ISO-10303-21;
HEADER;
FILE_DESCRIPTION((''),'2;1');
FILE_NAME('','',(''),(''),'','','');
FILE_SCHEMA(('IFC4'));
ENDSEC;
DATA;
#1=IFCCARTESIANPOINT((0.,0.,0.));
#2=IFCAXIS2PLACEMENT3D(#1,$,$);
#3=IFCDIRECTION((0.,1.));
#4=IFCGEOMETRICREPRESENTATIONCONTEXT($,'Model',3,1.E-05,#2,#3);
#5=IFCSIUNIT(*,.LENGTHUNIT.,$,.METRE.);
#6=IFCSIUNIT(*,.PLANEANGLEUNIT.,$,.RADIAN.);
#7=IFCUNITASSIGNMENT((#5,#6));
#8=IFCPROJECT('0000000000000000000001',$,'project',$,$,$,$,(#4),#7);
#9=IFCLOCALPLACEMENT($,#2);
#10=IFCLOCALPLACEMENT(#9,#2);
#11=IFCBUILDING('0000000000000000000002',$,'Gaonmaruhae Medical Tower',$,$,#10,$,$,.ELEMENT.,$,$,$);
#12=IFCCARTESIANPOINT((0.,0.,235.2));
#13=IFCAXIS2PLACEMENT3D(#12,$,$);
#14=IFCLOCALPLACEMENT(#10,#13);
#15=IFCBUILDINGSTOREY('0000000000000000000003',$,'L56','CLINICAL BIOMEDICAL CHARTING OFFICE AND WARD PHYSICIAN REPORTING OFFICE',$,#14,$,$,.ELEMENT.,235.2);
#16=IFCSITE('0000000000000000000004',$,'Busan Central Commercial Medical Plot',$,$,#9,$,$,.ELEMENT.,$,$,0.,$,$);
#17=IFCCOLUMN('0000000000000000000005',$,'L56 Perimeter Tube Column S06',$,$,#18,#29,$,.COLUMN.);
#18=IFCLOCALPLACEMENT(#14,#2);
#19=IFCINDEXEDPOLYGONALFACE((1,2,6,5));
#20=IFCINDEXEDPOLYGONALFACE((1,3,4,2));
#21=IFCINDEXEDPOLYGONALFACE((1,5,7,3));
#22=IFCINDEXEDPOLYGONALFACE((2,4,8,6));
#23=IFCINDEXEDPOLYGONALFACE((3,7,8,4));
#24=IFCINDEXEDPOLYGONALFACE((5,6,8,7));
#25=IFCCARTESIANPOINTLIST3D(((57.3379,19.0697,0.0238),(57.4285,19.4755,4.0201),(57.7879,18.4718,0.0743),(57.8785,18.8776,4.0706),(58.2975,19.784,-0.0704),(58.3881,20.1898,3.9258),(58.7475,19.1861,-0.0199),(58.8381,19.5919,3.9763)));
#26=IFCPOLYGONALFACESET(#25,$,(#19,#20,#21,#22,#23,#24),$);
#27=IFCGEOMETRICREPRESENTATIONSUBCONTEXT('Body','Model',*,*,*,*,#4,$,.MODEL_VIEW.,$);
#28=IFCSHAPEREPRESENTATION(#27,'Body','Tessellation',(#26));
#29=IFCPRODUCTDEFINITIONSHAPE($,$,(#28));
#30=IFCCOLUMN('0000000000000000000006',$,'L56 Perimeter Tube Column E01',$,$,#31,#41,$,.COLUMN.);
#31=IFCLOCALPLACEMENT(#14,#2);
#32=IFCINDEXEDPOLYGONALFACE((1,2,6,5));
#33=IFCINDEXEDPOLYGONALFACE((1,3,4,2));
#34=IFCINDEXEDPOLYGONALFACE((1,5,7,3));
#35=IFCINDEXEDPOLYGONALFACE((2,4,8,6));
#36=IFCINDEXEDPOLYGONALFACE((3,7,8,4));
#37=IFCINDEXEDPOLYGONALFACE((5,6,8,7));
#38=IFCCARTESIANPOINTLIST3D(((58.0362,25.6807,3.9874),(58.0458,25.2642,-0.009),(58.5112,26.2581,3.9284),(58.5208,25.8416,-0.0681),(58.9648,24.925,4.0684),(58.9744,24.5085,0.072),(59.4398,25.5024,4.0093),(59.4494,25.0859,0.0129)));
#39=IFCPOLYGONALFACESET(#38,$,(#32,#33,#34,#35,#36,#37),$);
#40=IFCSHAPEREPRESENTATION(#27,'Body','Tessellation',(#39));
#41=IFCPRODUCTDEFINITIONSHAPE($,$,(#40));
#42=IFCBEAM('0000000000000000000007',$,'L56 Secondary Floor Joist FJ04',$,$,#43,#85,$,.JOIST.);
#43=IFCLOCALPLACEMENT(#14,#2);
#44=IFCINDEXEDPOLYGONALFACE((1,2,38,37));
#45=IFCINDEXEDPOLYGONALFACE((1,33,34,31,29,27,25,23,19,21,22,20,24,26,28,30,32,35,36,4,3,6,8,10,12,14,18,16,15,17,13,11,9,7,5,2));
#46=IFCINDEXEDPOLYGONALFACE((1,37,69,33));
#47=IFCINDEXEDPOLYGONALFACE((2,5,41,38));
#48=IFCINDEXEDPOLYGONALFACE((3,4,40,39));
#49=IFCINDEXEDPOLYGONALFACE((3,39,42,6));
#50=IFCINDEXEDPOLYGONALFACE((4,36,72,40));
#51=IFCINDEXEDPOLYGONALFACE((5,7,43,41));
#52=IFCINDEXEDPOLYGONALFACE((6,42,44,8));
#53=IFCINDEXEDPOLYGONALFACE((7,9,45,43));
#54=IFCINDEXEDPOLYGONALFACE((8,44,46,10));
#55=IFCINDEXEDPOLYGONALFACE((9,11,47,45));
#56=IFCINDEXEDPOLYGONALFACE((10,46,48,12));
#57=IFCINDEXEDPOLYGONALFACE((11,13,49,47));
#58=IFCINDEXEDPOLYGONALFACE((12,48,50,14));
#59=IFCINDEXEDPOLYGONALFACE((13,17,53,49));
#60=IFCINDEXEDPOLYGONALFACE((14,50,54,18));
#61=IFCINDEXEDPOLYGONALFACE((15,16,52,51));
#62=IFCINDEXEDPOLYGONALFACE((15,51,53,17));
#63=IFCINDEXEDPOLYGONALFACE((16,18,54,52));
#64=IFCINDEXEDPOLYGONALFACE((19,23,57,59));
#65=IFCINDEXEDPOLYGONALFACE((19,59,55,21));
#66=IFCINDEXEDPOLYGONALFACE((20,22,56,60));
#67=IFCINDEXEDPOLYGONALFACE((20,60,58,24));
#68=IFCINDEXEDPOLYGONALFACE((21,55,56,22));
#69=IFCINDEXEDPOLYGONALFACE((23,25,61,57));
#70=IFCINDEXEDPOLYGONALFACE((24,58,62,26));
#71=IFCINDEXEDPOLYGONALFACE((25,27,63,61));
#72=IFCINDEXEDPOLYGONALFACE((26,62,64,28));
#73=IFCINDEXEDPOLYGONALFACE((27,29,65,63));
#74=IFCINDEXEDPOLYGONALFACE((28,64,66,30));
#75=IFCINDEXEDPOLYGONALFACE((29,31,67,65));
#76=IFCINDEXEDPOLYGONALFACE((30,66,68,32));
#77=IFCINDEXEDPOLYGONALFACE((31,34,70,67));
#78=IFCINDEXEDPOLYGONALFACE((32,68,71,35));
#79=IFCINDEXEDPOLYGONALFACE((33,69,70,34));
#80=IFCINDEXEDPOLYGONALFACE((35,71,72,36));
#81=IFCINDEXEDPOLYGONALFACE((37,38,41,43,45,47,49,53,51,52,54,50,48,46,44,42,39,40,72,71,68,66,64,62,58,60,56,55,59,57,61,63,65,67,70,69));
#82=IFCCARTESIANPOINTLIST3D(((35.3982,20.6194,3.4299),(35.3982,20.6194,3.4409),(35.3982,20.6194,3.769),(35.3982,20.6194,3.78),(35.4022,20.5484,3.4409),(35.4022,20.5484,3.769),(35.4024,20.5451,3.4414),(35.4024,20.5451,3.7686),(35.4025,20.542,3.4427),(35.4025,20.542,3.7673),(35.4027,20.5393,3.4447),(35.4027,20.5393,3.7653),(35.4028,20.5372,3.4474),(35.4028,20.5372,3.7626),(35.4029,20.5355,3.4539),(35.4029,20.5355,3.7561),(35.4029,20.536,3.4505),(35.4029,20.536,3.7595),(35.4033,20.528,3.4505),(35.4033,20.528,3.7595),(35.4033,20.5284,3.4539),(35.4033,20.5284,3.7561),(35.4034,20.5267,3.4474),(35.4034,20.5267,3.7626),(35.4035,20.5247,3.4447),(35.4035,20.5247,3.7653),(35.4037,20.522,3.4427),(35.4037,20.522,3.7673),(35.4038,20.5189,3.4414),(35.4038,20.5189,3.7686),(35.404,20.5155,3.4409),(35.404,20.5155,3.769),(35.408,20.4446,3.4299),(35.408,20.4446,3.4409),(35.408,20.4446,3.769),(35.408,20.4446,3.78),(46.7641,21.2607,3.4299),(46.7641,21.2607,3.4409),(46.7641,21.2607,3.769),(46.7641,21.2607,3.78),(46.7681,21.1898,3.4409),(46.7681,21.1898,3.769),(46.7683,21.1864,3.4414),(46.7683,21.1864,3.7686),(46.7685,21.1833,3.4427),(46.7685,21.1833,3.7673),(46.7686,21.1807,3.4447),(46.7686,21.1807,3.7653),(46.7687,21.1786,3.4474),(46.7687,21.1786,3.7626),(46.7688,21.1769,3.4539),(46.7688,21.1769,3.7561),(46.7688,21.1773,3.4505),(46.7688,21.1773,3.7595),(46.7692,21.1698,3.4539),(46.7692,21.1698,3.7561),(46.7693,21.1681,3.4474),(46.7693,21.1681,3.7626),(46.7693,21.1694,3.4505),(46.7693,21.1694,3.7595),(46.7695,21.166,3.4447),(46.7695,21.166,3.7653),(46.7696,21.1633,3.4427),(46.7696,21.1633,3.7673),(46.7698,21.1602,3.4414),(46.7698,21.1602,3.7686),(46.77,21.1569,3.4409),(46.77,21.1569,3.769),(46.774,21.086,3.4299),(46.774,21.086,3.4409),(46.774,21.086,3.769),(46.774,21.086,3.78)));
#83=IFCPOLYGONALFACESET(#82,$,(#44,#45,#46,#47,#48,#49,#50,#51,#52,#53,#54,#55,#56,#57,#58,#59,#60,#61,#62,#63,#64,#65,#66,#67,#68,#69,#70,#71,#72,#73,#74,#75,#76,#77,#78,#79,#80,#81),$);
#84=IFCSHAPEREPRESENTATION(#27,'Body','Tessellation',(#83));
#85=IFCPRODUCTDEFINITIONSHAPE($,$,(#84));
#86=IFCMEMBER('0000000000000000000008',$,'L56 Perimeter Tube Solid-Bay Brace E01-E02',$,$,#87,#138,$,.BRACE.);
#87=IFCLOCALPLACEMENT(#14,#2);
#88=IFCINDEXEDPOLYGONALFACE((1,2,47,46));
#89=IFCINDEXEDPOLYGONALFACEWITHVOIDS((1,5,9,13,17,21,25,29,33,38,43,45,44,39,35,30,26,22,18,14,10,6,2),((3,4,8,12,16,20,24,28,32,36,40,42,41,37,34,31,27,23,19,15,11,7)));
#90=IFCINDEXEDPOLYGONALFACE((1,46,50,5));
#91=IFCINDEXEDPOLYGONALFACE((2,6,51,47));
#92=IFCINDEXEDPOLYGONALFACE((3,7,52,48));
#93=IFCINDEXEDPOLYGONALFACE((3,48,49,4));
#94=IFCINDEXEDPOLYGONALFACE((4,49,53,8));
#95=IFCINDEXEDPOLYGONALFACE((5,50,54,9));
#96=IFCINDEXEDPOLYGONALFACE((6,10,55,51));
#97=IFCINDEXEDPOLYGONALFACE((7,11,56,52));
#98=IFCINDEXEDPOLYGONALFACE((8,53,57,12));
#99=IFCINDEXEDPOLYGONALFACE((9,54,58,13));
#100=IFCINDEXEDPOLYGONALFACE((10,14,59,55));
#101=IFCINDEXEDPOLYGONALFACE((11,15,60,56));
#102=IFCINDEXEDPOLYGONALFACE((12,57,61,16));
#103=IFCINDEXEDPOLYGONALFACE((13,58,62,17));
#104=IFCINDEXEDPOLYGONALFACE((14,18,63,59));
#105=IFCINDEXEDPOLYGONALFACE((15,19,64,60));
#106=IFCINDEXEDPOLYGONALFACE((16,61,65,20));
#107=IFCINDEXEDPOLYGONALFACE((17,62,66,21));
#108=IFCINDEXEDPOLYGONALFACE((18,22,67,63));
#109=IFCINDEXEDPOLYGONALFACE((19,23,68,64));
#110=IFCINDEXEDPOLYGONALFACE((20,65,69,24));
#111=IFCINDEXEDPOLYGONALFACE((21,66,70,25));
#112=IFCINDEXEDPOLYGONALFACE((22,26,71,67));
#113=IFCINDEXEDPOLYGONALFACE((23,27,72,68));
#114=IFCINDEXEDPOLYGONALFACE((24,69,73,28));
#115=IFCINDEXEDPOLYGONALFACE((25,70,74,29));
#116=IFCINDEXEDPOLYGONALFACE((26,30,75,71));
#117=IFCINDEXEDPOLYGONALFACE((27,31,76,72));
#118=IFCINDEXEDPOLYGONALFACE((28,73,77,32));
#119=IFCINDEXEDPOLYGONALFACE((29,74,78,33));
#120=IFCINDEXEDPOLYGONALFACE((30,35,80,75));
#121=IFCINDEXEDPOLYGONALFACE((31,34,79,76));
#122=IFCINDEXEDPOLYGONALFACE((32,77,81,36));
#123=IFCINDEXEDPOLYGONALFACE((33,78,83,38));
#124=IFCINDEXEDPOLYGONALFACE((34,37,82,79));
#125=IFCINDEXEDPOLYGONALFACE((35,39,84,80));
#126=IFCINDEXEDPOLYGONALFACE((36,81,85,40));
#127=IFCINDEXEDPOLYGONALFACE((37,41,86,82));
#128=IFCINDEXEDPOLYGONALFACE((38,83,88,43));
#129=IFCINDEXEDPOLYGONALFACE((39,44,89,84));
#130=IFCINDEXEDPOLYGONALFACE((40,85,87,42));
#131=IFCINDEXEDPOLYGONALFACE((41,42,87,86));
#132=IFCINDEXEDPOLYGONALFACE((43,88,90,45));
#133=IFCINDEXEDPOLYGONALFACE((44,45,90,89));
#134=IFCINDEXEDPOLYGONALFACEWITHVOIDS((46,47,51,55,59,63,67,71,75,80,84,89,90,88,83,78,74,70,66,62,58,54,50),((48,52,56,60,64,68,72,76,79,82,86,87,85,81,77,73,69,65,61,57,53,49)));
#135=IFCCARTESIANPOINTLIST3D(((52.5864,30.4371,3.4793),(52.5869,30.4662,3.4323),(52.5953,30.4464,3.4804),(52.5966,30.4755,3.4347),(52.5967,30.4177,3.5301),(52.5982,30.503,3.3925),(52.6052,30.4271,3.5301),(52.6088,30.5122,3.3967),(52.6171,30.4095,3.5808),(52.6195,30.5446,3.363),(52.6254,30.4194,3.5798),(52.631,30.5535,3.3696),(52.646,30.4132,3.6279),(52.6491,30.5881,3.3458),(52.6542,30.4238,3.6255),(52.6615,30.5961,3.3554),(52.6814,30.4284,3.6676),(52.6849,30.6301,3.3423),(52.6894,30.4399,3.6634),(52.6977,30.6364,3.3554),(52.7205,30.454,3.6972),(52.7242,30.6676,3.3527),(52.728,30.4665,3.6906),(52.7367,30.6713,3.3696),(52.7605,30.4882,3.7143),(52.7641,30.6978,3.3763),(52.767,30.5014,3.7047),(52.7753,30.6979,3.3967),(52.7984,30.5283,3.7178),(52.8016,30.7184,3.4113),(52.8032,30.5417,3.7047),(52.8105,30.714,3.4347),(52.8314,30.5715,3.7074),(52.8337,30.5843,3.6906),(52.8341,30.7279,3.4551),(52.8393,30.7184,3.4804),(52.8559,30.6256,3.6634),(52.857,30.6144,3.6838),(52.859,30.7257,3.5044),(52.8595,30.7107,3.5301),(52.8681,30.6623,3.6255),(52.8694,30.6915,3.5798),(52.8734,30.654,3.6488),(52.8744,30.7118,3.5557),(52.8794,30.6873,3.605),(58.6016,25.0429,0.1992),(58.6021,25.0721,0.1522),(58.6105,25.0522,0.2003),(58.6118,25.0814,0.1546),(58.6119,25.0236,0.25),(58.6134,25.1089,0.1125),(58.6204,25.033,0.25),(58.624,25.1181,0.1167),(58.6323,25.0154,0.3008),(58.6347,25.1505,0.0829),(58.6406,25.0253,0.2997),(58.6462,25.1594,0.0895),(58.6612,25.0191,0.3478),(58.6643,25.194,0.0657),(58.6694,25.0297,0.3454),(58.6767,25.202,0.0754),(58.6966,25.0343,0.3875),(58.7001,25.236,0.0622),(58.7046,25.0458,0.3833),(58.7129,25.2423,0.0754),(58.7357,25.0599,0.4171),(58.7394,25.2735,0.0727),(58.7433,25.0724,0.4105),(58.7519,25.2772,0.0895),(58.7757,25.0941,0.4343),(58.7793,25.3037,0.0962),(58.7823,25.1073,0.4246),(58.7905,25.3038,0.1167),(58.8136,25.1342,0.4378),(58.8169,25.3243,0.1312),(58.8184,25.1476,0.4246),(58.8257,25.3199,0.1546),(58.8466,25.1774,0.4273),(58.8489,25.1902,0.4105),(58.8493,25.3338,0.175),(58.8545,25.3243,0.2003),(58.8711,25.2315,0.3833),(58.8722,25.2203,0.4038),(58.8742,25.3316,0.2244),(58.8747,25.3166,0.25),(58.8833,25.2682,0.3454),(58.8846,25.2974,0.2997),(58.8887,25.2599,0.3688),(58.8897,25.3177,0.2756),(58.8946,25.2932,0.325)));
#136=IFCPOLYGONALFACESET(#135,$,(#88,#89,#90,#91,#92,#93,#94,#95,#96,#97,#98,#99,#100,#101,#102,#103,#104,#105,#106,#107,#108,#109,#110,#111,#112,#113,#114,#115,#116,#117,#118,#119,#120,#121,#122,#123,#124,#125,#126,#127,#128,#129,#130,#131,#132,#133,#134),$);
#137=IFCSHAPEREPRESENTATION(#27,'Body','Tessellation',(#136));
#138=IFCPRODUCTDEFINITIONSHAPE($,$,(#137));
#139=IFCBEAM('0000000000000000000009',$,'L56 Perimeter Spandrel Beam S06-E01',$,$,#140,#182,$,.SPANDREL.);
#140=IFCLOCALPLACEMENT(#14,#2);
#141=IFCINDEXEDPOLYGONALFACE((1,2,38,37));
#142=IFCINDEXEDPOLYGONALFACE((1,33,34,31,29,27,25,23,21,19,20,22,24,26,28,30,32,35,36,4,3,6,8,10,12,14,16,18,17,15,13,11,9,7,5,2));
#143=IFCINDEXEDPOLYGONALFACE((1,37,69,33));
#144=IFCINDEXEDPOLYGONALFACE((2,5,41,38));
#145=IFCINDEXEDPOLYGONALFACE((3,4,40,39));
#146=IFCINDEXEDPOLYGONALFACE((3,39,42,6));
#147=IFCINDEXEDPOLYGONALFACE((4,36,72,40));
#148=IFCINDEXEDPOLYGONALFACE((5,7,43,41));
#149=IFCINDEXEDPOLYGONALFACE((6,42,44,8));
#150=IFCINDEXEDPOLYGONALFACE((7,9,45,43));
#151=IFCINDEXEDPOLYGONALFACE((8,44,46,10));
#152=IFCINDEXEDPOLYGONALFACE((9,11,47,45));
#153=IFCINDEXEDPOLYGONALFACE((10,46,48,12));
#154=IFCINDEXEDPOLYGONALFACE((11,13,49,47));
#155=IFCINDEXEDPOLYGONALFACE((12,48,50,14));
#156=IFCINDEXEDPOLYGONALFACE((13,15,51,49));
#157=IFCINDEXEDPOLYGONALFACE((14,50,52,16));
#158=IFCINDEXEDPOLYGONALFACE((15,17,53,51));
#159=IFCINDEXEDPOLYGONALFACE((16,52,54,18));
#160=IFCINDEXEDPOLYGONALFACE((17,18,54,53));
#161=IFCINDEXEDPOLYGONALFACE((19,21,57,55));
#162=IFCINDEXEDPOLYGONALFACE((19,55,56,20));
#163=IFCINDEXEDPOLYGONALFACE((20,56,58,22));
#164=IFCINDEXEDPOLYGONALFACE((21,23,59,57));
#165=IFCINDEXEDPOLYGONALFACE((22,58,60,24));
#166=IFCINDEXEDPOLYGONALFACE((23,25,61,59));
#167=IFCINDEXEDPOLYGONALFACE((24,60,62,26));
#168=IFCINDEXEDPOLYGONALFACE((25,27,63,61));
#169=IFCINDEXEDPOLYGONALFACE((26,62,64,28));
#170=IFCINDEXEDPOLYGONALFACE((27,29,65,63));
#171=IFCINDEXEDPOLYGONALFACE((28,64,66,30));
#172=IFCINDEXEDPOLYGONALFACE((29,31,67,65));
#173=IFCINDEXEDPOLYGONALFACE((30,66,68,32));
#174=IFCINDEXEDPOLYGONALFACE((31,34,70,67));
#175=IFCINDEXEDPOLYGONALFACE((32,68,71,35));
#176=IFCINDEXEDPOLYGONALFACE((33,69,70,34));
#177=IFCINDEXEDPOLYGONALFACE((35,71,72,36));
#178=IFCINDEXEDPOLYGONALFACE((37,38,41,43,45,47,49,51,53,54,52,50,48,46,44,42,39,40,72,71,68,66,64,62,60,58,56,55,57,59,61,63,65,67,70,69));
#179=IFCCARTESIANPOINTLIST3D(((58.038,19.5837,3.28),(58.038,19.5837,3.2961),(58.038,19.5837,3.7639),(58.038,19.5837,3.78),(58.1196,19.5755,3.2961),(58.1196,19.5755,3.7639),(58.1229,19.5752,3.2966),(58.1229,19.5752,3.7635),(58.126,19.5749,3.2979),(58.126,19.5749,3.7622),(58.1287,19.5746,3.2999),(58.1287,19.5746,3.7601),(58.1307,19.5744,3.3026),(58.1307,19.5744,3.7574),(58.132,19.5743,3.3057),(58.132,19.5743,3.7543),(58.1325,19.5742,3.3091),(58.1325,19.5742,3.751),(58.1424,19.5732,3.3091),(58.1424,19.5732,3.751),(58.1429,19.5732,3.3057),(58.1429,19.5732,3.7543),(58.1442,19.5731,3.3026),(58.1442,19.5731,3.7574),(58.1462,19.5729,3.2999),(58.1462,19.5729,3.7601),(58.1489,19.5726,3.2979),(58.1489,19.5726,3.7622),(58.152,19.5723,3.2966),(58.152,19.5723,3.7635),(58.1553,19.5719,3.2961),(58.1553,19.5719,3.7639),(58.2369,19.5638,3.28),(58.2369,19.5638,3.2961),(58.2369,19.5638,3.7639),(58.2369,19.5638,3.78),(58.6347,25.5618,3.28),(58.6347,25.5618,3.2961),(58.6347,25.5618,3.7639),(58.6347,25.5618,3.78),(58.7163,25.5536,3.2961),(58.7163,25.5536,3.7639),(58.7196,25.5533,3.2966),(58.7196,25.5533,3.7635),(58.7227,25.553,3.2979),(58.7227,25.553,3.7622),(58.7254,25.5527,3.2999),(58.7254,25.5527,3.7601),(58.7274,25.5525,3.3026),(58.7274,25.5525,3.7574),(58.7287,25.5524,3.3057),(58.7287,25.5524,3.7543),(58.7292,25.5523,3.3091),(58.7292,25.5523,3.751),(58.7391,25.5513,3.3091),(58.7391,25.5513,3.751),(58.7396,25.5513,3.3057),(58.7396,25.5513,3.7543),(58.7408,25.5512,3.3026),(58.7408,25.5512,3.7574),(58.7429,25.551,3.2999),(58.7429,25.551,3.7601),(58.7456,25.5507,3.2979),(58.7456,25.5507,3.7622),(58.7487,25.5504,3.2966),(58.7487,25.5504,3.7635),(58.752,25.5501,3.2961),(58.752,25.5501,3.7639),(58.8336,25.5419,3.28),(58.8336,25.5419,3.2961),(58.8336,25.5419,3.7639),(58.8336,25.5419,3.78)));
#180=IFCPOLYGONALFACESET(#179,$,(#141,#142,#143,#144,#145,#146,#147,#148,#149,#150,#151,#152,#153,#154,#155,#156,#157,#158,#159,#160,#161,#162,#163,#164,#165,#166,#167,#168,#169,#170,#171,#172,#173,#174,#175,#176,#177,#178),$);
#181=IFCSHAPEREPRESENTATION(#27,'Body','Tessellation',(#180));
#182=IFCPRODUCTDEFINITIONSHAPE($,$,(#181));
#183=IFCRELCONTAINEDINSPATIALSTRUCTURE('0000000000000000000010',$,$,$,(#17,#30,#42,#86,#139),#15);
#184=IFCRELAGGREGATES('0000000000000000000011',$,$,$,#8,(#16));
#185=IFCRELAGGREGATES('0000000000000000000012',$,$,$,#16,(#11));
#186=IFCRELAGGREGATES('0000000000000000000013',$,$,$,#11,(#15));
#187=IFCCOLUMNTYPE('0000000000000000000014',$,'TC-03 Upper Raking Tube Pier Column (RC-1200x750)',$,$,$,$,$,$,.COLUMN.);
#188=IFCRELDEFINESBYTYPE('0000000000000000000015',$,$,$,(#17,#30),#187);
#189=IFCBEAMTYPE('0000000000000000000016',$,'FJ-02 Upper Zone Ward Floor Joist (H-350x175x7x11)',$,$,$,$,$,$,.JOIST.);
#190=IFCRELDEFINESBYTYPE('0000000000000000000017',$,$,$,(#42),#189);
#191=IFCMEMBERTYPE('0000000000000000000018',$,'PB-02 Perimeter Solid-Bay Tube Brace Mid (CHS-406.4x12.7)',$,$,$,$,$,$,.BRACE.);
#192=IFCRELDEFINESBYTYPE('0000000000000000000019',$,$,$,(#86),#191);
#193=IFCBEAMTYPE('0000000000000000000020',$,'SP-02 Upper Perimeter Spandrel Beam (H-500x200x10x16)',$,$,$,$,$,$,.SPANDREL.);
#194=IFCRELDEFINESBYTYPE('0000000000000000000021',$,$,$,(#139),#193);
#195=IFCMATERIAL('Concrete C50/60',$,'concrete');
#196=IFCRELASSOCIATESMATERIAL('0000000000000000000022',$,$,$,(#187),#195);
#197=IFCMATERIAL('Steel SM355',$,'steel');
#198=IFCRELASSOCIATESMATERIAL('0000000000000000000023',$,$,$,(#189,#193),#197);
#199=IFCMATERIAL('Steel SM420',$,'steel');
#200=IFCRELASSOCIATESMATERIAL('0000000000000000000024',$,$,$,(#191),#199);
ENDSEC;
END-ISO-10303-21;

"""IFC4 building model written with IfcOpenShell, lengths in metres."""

from ifc_helpers import new_model, si_unit, direction, frame, origin, origin_2d, place, context, subcontext, project, spatial, rectangle, hollow_circle, i_section, extrude, material, material_profile, profile_set, type_object, element, save


model = new_model("IFC4")

# Units and contexts
model_context = context("Model", 3, precision=1e-05, world=origin(), true_north=direction((0.0, 1.0)))
body_context = subcontext(model_context, "Body", "Model", "MODEL_VIEW")
ifc_project = project(units=[si_unit("LENGTHUNIT", "METRE"), si_unit("PLANEANGLEUNIT", "RADIAN")], contexts=[model_context])

# Site, building, storey
site_placement = place(None, origin())
site = spatial("IfcSite", under=ifc_project, at=site_placement, Name="Busan Central Commercial Medical Plot", CompositionType="ELEMENT", RefElevation=0.0)
building_placement = place(site_placement, origin())
building = spatial("IfcBuilding", under=site, at=building_placement, Name="Gaonmaruhae Medical Tower", CompositionType="ELEMENT")
storey_placement = place(building_placement, frame((0.0, 0.0, 235.2)))
storey = spatial("IfcBuildingStorey", under=building, at=storey_placement, Name="L56", Description="CLINICAL BIOMEDICAL CHARTING OFFICE AND WARD PHYSICIAN REPORTING OFFICE", CompositionType="ELEMENT", Elevation=235.2)

# Columns
ifc_material_1 = material(Name="Concrete C50/60", Category="concrete")
ifc_material_profile_1 = material_profile(ifc_material_1, rectangle(XDim=1.2, YDim=0.75, at=origin_2d()), Name="RC-1200x750")
ifc_profile_set_1 = profile_set([ifc_material_profile_1], Name="Concrete C50/60")
column_type = type_object("IfcColumnType", Name="TC-03 Upper Raking Tube Pier Column (RC-1200x750)", PredefinedType="COLUMN", material=ifc_profile_set_1)
column_1_placement = place(storey_placement, frame((58.0427, 19.1279, 0.002), z_axis=(0.022543, 0.100988, 0.994632), x_axis=(-0.799671, -0.595276, 0.078565)))
element("IfcColumn", 1, at=column_1_placement, inside=storey, type_object=column_type, Name="L56 Perimeter Tube Column S06", PredefinedType="COLUMN", context=body_context, shape_type="SweptSolid", body=[
    extrude(rectangle(XDim=1.2, YDim=0.75, at=origin_2d()), origin(), (0.0, 0.0, 1.0), 4.0178),
])
column_2_placement = place(storey_placement, frame((58.7476, 25.175, 0.002), z_axis=(-0.00237, 0.10366, 0.99461), x_axis=(0.773866, -0.629745, 0.067477)))
element("IfcColumn", 2, at=column_2_placement, inside=storey, type_object=column_type, Name="L56 Perimeter Tube Column E01", PredefinedType="COLUMN", context=body_context, shape_type="SweptSolid", body=[
    extrude(rectangle(XDim=1.2, YDim=0.75, at=origin_2d()), origin(), (0.0, 0.0, 1.0), 4.0181),
])

# Beam
ifc_material_2 = material(Name="Steel SM355", Category="steel")
ifc_material_profile_2 = material_profile(ifc_material_2, i_section(OverallWidth=0.175, OverallDepth=0.3501, WebThickness=0.0071, FlangeThickness=0.011, FilletRadius=0.0129, at=origin_2d()), Name="H-350x175x7x11")
ifc_profile_set_2 = profile_set([ifc_material_profile_2], Name="Steel SM355")
beam_type_1 = type_object("IfcBeamType", Name="FJ-02 Upper Zone Ward Floor Joist (H-350x175x7x11)", PredefinedType="JOIST", material=ifc_profile_set_2)
beam_1_placement = place(storey_placement, frame((46.769, 21.1733, 3.605), z_axis=(-0.998412, -0.056338, 0.0), x_axis=(0.056338, -0.998412, 0.0)))
element("IfcBeam", 3, at=beam_1_placement, inside=storey, type_object=beam_type_1, Name="L56 Secondary Floor Joist FJ04", PredefinedType="JOIST", context=body_context, shape_type="SweptSolid", body=[
    extrude(i_section(OverallWidth=0.175, OverallDepth=0.3501, WebThickness=0.0071, FlangeThickness=0.011, FilletRadius=0.0129, at=origin_2d()), origin(), (0.0, 0.0, 1.0), 11.384),
])

# Member
ifc_material_3 = material(Name="Steel SM420", Category="steel")
ifc_material_profile_3 = material_profile(ifc_material_3, hollow_circle(Radius=0.2031, WallThickness=0.0127, at=origin_2d()), Name="CHS-406.4x12.7")
ifc_profile_set_3 = profile_set([ifc_material_profile_3], Name="Steel SM420")
member_type = type_object("IfcMemberType", Name="PB-02 Perimeter Solid-Bay Tube Brace Mid (CHS-406.4x12.7)", PredefinedType="BRACE", material=ifc_profile_set_3)
member_placement = place(storey_placement, frame((58.7476, 25.1748, 0.25), z_axis=(-0.689819, 0.618592, 0.376156), x_axis=(-0.667625, -0.744498, 0.0)))
element("IfcMember", 4, at=member_placement, inside=storey, type_object=member_type, Name="L56 Perimeter Tube Solid-Bay Brace E01-E02", PredefinedType="BRACE", context=body_context, shape_type="SweptSolid", body=[
    extrude(hollow_circle(Radius=0.2031, WallThickness=0.0127, at=origin_2d()), origin(), (0.0, 0.0, 1.0), 8.72),
])

# Beam
ifc_material_profile_4 = material_profile(ifc_material_2, i_section(OverallWidth=0.2, OverallDepth=0.5, WebThickness=0.01, FlangeThickness=0.0161, FilletRadius=0.0129, at=origin_2d()), Name="H-500x200x10x16")
ifc_profile_set_4 = profile_set([ifc_material_profile_4], Name="Steel SM355")
beam_type_2 = type_object("IfcBeamType", Name="SP-02 Upper Perimeter Spandrel Beam (H-500x200x10x16)", PredefinedType="SPANDREL", material=ifc_profile_set_4)
beam_2_placement = place(storey_placement, frame((58.1375, 19.5737, 3.53), z_axis=(0.099319, 0.995056, 0.0), x_axis=(-0.995056, 0.099319, 0.0)))
element("IfcBeam", 5, at=beam_2_placement, inside=storey, type_object=beam_type_2, Name="L56 Perimeter Spandrel Beam S06-E01", PredefinedType="SPANDREL", context=body_context, shape_type="SweptSolid", body=[
    extrude(i_section(OverallWidth=0.2, OverallDepth=0.5, WebThickness=0.01, FlangeThickness=0.0161, FilletRadius=0.0129, at=origin_2d()), origin(), (0.0, 0.0, 1.0), 6.0078),
])

save(model, "model.ifc")
